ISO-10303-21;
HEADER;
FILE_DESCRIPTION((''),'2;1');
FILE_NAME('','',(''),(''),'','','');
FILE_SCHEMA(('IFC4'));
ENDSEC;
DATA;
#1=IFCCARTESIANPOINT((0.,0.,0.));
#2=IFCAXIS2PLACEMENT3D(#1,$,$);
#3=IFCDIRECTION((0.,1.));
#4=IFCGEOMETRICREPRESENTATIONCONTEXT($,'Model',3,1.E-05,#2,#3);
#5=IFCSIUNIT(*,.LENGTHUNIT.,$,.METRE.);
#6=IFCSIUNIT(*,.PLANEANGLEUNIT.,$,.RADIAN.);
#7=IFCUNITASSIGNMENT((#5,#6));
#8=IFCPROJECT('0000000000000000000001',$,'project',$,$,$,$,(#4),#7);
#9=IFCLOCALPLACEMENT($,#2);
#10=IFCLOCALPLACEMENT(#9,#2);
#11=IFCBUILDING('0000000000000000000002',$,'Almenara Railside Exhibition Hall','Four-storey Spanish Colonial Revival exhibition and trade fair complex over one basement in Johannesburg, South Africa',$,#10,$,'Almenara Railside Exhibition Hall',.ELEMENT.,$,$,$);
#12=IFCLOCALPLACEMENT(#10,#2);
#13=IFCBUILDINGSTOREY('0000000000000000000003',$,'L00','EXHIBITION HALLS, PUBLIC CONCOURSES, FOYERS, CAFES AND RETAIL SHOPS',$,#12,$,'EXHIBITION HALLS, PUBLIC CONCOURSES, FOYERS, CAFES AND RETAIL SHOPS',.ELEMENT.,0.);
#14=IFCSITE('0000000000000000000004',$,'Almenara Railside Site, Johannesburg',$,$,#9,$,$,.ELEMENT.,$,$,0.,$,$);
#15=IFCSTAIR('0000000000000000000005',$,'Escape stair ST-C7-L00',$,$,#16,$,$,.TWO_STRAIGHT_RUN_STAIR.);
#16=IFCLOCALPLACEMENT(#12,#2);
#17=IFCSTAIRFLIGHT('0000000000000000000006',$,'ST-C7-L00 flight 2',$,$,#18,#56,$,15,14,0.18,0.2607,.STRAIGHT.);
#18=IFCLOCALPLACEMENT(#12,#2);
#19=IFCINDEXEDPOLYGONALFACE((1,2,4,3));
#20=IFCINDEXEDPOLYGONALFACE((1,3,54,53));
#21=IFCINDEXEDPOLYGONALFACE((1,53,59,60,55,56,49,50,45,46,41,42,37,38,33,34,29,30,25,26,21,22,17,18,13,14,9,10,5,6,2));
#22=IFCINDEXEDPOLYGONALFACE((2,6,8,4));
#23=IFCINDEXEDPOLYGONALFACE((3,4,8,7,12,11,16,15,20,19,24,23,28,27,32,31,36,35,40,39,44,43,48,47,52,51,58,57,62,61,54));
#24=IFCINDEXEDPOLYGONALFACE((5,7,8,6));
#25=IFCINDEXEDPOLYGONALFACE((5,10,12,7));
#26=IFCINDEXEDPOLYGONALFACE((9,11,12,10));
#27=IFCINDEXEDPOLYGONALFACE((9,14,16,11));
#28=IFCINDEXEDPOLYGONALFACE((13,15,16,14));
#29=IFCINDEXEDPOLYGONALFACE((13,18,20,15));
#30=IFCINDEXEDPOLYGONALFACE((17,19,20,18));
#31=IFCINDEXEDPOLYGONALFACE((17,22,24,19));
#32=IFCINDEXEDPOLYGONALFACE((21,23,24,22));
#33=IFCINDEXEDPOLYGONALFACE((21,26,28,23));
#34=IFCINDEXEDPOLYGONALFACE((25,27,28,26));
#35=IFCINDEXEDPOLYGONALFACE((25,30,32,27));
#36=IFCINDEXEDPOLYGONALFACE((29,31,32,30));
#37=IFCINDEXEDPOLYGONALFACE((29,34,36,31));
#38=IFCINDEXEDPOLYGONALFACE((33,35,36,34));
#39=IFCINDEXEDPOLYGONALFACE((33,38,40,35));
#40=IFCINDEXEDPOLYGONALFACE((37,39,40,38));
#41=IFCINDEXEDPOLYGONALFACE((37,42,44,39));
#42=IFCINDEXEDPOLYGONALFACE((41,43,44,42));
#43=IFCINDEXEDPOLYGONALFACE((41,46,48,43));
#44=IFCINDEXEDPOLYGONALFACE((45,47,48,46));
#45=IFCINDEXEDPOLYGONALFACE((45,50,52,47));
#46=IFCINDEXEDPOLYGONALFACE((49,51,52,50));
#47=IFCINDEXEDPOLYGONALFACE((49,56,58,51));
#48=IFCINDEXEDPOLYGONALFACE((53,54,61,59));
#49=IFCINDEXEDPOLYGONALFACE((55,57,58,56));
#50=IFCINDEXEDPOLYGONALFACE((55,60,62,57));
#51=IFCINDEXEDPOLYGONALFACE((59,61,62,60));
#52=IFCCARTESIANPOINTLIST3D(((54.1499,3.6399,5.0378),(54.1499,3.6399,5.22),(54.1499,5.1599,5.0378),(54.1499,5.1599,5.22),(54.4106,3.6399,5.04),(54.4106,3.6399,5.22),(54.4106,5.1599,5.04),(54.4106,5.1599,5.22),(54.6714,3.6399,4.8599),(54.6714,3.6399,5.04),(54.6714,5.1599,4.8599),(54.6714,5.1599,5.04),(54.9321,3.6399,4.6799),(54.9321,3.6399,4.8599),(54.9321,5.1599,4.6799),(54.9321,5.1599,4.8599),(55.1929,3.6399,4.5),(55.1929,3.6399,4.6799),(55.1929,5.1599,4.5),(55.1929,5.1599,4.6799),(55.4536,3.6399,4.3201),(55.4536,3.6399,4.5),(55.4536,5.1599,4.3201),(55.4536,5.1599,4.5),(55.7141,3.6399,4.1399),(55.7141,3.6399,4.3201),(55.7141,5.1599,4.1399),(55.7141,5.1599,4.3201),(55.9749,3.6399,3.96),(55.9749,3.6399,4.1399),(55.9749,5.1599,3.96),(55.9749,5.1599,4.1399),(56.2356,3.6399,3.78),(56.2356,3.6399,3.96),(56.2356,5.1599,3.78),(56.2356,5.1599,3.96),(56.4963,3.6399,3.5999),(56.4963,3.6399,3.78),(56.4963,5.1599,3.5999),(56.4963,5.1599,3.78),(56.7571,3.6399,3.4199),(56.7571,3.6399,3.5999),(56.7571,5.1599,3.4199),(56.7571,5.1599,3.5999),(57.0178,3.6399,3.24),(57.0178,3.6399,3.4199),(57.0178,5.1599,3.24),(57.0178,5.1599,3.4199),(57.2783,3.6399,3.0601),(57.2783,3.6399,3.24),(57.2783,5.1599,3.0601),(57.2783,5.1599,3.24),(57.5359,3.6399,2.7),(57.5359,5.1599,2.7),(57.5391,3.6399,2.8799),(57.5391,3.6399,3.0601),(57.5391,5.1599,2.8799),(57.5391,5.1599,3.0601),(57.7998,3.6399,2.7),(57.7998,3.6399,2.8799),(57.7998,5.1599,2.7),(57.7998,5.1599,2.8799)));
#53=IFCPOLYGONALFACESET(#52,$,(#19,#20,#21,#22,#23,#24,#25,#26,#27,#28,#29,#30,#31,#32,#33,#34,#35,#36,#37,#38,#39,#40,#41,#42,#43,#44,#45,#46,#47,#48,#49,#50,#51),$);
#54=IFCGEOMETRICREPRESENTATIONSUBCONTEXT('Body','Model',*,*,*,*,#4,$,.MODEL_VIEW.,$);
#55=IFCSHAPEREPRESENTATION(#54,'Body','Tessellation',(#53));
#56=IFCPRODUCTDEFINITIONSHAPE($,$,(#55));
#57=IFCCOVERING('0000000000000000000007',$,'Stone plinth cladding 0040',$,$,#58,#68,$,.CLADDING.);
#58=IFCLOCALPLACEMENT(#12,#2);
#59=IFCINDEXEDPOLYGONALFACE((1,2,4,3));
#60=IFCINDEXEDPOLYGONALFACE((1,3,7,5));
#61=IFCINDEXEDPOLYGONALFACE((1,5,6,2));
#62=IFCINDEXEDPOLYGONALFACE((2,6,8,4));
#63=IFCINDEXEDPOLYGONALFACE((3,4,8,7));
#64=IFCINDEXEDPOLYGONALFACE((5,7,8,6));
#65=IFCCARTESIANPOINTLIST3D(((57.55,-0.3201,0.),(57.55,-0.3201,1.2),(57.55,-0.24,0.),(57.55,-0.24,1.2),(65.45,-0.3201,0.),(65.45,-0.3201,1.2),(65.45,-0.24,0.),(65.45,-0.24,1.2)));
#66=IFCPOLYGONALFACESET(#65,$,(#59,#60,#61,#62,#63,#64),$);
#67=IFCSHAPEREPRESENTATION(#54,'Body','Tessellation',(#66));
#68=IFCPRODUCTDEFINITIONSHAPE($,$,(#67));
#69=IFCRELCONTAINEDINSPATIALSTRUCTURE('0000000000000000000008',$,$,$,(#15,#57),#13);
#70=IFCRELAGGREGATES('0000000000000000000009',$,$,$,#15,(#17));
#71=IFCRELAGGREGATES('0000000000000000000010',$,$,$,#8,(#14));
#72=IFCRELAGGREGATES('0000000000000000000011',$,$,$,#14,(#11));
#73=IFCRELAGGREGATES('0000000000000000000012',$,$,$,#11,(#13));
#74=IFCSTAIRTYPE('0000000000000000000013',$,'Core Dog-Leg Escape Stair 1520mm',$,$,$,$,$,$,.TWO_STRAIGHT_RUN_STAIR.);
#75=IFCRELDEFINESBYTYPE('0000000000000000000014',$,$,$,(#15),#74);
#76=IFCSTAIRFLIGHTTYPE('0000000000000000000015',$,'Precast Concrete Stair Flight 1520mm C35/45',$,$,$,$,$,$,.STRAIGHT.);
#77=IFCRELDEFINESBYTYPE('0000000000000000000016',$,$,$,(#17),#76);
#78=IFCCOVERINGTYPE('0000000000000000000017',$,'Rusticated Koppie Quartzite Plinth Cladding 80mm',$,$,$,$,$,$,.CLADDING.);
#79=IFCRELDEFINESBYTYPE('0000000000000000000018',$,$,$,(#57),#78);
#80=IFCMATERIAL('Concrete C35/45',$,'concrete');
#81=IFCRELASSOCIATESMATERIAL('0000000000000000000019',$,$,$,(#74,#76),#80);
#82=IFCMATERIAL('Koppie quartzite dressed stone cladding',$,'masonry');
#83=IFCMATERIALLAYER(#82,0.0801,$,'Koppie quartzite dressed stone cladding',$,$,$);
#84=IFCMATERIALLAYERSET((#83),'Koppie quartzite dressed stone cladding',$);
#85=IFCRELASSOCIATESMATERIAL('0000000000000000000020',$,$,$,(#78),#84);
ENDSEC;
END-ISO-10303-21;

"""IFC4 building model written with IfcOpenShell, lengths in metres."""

from ifc_helpers import new_model, si_unit, direction, frame, origin, origin_2d, place, context, subcontext, project, spatial, polyline, rectangle, outline, extrude, material, layer, layer_set, type_object, element, aggregate, save


model = new_model("IFC4")

# Units and contexts
model_context = context("Model", 3, precision=1e-05, world=origin(), true_north=direction((0.0, 1.0)))
body_context = subcontext(model_context, "Body", "Model", "MODEL_VIEW")
ifc_project = project(units=[si_unit("LENGTHUNIT", "METRE"), si_unit("PLANEANGLEUNIT", "RADIAN")], contexts=[model_context])

# Site, building, storey
site_placement = place(None, origin())
site = spatial("IfcSite", under=ifc_project, at=site_placement, Name="Almenara Railside Site, Johannesburg", CompositionType="ELEMENT", RefElevation=0.0)
building_placement = place(site_placement, origin())
building = spatial("IfcBuilding", under=site, at=building_placement, Name="Almenara Railside Exhibition Hall", Description="Four-storey Spanish Colonial Revival exhibition and trade fair complex over one basement in Johannesburg, South Africa", LongName="Almenara Railside Exhibition Hall", CompositionType="ELEMENT")
storey_placement = place(building_placement, origin())
storey = spatial("IfcBuildingStorey", under=building, at=storey_placement, Name="L00", Description="EXHIBITION HALLS, PUBLIC CONCOURSES, FOYERS, CAFES AND RETAIL SHOPS", LongName="EXHIBITION HALLS, PUBLIC CONCOURSES, FOYERS, CAFES AND RETAIL SHOPS", CompositionType="ELEMENT", Elevation=0.0)

# Shared definitions
ifc_material_1 = material(Name="Concrete C35/45", Category="concrete")

# Stair, stair flight
stair_type = type_object("IfcStairType", Name="Core Dog-Leg Escape Stair 1520mm", PredefinedType="TWO_STRAIGHT_RUN_STAIR", material=ifc_material_1)
stair_placement = place(storey_placement, origin())
stair = element("IfcStair", 1, at=stair_placement, inside=storey, type_object=stair_type, Name="Escape stair ST-C7-L00", PredefinedType="TWO_STRAIGHT_RUN_STAIR")
stair_flight_type = type_object("IfcStairFlightType", Name="Precast Concrete Stair Flight 1520mm C35/45", PredefinedType="STRAIGHT", material=ifc_material_1)
stair_flight_placement = place(storey_placement, frame((57.7998, 4.3999, 2.7), z_axis=(0.0, 0.0, 1.0), x_axis=(-1.0, 0.0, 0.0)))
stair_flight = element("IfcStairFlight", 2, at=stair_flight_placement, type_object=stair_flight_type, Name="ST-C7-L00 flight 2", NumberOfRisers=15, NumberOfTreads=14, PredefinedType="STRAIGHT", RiserHeight=0.18, TreadLength=0.2607, context=body_context, shape_type="SweptSolid", body=[
    extrude(outline(polyline([(0.0, 0.0), (0.0, 0.1799), (0.2607, 0.1799), (0.2607, 0.3601), (0.5215, 0.3601), (0.5215, 0.54), (0.782, 0.54), (0.782, 0.72), (1.0427, 0.72), (1.0427, 0.8999), (1.3035, 0.8999), (1.3035, 1.0801), (1.5642, 1.0801), (1.5642, 1.26), (1.825, 1.26), (1.825, 1.4399), (2.0857, 1.4399), (2.0857, 1.6201), (2.3462, 1.6201), (2.3462, 1.8), (2.6069, 1.8), (2.6069, 1.98), (2.8677, 1.98), (2.8677, 2.1599), (3.1284, 2.1599), (3.1284, 2.3401), (3.3892, 2.3401), (3.3892, 2.52), (3.6499, 2.52), (3.6499, 2.7), (3.6499, 2.3379), (0.2639, 0.0), (0.0, 0.0)])), frame((0.0, 0.76, 0.0), z_axis=(0.0, -1.0, 0.0), x_axis=(1.0, 0.0, 0.0)), (0.0, 0.0, 1.0), 1.52),
])
aggregate(stair, [stair_flight])

# Covering
ifc_material_2 = material(Name="Koppie quartzite dressed stone cladding", Category="masonry")
ifc_layer_1 = layer(ifc_material_2, 0.0801, Name="Koppie quartzite dressed stone cladding")
ifc_layer_set_1 = layer_set([ifc_layer_1], Name="Koppie quartzite dressed stone cladding")
covering_type = type_object("IfcCoveringType", Name="Rusticated Koppie Quartzite Plinth Cladding 80mm", PredefinedType="CLADDING", material=ifc_layer_set_1)
covering_placement = place(storey_placement, frame((61.5, -0.28, 0.0), z_axis=(0.0, 0.0, 1.0), x_axis=(1.0, 0.0, 0.0)))
element("IfcCovering", 3, at=covering_placement, inside=storey, type_object=covering_type, Name="Stone plinth cladding 0040", PredefinedType="CLADDING", context=body_context, shape_type="SweptSolid", body=[
    extrude(rectangle(XDim=7.8999, YDim=0.0801, at=origin_2d()), origin(), (0.0, 0.0, 1.0), 1.2),
])

save(model, "model.ifc")
